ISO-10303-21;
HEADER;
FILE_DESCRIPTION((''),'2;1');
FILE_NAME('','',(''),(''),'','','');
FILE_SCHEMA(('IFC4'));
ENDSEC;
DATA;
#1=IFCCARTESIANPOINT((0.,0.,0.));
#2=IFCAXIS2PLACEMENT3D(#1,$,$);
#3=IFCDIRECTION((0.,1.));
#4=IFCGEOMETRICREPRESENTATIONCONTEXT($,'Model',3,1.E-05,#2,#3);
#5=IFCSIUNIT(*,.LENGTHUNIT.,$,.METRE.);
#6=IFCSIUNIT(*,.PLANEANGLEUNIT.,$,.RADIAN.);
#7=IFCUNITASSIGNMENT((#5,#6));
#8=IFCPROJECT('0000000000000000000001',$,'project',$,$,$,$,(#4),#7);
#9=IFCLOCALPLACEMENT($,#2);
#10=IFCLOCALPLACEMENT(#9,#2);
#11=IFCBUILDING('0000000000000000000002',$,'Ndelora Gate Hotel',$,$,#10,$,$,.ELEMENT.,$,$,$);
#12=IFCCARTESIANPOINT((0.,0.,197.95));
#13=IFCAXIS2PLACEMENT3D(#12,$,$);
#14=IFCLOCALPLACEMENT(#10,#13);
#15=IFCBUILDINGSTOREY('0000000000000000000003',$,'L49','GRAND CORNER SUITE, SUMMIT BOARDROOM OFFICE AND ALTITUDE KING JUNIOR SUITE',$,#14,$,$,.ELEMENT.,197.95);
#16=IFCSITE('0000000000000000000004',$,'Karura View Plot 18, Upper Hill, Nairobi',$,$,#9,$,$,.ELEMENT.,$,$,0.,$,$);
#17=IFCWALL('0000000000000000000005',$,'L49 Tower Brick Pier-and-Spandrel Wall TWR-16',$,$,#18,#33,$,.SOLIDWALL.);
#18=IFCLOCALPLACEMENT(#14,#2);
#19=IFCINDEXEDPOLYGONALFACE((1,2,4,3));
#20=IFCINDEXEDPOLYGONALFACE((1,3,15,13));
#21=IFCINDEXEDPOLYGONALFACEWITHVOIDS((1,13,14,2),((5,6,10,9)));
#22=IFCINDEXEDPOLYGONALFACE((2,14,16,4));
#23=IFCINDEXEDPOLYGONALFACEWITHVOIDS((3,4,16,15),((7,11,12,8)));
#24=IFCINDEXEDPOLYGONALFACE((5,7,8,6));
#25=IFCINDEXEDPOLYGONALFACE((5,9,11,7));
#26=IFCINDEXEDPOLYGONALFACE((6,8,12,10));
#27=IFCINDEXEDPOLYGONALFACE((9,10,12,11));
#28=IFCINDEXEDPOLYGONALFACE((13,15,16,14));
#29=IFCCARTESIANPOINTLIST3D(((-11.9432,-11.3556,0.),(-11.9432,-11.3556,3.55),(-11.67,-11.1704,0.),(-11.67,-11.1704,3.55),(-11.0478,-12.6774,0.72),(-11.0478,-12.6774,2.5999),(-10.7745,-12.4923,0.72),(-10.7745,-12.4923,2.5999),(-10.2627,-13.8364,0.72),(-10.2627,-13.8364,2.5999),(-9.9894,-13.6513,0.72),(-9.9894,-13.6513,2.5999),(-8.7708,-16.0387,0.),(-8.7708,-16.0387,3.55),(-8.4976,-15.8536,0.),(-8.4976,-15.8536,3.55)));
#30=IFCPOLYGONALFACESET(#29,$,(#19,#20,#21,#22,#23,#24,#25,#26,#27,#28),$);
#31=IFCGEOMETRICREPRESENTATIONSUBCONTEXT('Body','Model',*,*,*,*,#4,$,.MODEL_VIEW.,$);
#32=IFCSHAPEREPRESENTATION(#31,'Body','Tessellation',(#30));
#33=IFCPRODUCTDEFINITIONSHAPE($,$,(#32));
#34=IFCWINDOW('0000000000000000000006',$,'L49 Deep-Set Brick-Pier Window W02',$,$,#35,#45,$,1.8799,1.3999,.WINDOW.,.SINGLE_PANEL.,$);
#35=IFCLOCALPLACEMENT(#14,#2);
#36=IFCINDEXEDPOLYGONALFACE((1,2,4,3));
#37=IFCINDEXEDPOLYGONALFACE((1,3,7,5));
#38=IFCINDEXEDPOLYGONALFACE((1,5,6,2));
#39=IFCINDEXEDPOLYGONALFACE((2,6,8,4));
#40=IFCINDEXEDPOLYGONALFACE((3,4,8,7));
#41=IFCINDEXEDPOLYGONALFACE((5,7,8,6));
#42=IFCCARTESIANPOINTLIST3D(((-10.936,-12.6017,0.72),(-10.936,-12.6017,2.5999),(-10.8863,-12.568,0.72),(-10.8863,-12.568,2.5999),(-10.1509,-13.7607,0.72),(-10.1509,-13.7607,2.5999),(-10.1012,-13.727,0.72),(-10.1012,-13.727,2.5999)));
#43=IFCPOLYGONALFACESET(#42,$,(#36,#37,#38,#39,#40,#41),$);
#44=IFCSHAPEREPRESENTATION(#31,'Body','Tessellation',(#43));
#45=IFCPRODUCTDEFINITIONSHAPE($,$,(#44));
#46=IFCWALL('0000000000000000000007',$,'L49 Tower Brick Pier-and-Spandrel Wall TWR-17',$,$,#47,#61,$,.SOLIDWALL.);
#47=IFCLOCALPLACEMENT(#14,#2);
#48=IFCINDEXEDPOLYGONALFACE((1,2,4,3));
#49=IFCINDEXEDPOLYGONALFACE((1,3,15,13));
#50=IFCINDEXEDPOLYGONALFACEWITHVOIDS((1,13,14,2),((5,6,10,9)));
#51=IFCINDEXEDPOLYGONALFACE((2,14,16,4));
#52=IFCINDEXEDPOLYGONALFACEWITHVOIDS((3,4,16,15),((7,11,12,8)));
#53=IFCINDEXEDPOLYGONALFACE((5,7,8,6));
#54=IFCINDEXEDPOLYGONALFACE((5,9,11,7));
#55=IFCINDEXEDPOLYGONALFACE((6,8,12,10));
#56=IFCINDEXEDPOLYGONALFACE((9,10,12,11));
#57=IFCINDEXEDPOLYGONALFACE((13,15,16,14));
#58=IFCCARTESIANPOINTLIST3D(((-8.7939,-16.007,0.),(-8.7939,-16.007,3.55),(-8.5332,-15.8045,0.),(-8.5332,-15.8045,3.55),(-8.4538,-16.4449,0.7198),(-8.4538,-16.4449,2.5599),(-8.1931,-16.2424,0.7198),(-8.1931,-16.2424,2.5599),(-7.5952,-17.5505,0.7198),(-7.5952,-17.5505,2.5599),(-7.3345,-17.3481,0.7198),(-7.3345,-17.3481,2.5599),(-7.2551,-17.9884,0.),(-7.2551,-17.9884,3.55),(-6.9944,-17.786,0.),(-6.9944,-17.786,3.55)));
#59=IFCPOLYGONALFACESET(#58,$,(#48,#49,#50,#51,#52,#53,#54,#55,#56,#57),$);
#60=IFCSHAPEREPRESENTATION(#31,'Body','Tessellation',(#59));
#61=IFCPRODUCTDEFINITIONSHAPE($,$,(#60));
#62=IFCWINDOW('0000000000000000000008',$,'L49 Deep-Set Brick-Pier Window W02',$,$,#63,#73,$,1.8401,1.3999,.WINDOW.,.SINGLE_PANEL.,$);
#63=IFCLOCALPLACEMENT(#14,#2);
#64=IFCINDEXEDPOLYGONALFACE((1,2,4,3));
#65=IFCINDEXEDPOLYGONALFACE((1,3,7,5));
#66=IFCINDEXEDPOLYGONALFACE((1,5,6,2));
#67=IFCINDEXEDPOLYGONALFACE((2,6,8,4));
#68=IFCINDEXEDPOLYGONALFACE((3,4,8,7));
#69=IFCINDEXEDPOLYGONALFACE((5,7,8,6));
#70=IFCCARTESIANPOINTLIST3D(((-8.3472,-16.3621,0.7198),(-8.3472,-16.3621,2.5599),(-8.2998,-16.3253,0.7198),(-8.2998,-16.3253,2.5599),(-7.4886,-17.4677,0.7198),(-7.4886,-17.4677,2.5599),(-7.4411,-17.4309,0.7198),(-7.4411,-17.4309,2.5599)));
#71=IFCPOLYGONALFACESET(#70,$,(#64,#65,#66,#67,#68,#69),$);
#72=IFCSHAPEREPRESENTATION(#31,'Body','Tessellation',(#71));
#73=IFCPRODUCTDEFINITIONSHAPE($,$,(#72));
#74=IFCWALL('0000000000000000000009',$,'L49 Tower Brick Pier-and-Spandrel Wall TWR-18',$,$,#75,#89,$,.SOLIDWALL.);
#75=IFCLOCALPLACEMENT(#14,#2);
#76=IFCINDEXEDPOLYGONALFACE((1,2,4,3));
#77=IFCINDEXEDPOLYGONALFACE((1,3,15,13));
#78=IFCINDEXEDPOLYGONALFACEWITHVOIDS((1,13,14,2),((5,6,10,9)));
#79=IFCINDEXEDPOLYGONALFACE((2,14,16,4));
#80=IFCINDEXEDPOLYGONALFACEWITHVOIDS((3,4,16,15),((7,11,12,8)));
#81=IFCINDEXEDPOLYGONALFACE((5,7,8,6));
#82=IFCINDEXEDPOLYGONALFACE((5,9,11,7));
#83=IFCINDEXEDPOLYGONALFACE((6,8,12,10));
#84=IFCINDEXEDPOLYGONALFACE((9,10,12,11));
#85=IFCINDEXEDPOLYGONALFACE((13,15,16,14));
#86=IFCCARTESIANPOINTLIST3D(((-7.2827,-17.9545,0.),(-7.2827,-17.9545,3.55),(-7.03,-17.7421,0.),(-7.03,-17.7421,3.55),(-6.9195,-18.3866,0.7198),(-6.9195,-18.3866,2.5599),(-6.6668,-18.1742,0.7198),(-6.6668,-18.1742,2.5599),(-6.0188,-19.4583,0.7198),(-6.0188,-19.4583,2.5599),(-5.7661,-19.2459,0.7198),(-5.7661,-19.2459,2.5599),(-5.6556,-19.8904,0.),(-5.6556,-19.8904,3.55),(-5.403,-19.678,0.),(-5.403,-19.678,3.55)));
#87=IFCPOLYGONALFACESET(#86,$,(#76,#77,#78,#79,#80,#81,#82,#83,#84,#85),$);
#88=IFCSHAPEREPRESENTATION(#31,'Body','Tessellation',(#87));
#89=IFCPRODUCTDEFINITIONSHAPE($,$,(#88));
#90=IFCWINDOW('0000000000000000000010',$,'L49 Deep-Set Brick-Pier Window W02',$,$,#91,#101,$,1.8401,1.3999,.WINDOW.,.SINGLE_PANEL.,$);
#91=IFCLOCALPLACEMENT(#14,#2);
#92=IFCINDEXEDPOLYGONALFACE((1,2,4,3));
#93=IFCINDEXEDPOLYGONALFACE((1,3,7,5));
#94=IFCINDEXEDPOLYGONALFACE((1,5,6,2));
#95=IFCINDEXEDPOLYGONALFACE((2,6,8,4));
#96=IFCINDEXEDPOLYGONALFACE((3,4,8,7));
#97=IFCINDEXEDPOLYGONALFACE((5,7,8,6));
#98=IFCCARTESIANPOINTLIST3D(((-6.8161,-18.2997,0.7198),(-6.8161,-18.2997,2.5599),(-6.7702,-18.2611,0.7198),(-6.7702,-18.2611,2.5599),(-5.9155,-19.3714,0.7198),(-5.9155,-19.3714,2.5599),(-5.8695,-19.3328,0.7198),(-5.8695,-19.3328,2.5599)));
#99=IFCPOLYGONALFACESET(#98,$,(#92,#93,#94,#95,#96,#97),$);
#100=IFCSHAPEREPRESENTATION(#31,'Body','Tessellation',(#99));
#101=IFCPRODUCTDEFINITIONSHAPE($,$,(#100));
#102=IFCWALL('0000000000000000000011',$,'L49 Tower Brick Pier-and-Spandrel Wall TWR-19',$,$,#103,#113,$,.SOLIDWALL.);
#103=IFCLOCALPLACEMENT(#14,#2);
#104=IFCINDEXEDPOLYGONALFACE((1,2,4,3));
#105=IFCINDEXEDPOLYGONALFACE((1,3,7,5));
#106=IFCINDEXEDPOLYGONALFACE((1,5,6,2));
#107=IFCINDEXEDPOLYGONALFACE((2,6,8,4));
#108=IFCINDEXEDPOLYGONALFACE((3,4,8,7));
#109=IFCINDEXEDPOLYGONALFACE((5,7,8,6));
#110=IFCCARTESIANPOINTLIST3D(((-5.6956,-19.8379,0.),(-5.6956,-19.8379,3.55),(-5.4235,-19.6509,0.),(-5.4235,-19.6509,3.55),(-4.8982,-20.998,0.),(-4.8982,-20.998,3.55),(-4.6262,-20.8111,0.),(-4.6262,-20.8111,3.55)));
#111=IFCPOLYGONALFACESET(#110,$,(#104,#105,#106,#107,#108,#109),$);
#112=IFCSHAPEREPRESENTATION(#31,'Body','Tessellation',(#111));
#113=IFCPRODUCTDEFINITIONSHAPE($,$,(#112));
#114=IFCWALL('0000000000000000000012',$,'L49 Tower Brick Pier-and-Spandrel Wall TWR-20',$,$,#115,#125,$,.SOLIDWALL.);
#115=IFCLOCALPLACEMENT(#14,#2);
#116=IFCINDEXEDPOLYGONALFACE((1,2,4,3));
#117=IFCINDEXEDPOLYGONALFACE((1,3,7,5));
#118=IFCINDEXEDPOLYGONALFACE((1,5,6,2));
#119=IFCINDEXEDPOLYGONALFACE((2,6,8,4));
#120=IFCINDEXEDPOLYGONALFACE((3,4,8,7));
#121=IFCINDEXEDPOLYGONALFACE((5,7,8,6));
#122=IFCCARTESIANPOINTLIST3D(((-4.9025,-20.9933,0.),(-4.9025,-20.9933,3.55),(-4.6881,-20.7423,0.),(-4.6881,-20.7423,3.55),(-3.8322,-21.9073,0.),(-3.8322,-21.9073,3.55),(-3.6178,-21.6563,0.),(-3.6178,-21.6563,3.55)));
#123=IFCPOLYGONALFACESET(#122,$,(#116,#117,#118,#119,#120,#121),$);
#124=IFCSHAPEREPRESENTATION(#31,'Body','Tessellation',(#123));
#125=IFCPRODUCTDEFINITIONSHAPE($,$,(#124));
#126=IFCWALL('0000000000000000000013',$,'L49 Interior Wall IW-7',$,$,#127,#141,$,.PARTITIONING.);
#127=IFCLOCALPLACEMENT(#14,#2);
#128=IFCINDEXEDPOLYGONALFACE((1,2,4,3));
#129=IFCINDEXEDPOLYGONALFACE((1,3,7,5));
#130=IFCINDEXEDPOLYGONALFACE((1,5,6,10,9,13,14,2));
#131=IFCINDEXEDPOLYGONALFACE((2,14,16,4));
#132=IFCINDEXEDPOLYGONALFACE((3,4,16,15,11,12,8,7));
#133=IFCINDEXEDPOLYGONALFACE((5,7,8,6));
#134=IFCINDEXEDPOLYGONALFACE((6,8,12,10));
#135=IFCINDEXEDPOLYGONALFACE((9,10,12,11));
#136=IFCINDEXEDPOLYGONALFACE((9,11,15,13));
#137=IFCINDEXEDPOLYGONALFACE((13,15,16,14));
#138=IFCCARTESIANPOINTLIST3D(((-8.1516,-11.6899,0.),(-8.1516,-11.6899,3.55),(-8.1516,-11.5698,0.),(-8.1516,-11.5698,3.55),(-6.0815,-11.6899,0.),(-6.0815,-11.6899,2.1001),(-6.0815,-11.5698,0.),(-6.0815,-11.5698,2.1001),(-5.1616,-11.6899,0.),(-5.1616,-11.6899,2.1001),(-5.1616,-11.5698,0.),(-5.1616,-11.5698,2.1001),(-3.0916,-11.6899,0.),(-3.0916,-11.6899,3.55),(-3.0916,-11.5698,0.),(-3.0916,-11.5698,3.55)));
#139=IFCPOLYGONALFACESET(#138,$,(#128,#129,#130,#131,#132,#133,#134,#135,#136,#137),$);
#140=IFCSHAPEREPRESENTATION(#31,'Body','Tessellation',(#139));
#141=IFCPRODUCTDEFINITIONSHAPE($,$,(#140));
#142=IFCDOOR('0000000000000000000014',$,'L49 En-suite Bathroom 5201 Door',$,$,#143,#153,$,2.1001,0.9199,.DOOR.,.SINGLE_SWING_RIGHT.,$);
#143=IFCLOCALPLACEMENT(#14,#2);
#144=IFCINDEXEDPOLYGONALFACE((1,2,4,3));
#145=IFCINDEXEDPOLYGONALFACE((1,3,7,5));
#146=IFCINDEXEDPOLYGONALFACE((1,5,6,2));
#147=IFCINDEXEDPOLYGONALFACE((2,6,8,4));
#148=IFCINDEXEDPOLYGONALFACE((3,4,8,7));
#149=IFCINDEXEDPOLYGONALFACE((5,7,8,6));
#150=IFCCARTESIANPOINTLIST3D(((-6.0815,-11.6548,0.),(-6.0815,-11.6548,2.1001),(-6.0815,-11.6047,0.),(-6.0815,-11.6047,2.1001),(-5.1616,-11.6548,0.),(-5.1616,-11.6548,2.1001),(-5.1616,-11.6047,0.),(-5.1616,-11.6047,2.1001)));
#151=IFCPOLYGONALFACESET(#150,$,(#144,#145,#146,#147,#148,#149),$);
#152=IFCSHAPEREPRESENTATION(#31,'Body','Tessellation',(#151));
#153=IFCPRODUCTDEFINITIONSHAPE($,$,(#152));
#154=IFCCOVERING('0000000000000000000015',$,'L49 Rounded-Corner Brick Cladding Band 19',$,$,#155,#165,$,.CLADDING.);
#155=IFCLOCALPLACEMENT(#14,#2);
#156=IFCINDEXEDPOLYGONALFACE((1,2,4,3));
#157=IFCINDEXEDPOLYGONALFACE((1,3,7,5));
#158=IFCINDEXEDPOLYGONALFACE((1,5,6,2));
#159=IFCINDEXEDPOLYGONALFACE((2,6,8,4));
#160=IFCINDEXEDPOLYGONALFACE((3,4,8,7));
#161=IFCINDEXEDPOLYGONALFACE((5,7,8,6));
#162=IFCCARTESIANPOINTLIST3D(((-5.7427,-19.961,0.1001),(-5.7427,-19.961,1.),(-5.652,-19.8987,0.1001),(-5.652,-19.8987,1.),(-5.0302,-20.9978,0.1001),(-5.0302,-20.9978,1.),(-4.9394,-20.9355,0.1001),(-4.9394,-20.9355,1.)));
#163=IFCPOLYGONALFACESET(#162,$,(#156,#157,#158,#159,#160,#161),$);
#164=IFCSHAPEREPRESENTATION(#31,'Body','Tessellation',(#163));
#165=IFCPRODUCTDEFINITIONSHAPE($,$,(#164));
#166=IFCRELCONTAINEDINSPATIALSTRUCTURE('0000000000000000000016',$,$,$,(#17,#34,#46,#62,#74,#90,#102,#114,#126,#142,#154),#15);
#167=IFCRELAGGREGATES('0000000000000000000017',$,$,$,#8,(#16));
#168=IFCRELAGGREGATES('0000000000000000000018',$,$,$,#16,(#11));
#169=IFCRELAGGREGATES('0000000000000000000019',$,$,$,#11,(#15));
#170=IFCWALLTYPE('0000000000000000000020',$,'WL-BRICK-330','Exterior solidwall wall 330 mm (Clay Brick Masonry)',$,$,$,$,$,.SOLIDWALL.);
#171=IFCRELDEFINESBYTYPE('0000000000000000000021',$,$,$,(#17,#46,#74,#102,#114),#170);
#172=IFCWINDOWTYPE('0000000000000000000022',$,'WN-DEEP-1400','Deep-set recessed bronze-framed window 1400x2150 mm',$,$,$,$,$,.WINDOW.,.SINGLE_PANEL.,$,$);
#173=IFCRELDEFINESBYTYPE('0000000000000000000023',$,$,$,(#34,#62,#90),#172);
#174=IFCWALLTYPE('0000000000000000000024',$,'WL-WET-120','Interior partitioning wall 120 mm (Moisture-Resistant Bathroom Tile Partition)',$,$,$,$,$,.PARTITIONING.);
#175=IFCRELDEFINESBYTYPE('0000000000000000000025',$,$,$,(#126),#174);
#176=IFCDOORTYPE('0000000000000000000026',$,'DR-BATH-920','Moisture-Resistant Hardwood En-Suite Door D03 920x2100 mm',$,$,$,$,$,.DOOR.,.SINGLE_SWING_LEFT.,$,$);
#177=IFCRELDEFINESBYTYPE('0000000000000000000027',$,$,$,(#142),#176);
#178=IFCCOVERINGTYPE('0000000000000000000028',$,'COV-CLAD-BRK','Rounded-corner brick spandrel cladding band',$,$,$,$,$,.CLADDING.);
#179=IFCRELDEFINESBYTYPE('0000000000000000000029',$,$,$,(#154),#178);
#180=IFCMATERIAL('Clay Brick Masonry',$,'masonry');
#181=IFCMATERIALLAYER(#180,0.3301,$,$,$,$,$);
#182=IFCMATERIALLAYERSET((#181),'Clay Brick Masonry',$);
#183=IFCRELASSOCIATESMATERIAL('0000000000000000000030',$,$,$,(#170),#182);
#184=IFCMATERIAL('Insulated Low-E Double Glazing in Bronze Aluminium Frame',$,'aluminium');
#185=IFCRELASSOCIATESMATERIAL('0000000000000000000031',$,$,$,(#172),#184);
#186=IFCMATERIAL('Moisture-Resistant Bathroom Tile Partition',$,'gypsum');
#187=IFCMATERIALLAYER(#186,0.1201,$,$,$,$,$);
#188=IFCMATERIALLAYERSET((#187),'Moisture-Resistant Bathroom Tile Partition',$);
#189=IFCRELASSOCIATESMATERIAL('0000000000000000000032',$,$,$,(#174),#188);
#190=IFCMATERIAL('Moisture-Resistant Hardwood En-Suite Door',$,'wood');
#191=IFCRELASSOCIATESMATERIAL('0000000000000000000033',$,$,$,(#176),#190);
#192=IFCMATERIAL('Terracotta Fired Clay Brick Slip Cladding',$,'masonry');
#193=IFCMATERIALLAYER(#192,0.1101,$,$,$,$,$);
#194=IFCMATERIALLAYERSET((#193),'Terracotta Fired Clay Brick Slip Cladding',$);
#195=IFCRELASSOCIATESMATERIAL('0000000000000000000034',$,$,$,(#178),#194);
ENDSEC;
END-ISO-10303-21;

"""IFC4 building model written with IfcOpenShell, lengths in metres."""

from ifc_helpers import new_model, si_unit, direction, frame, frame_2d, origin, origin_2d, place, context, subcontext, project, spatial, rectangle, extrude, material, layer, layer_set, type_object, element, fill, save


model = new_model("IFC4")

# Units and contexts
model_context = context("Model", 3, precision=1e-05, world=origin(), true_north=direction((0.0, 1.0)))
body_context = subcontext(model_context, "Body", "Model", "MODEL_VIEW")
ifc_project = project(units=[si_unit("LENGTHUNIT", "METRE"), si_unit("PLANEANGLEUNIT", "RADIAN")], contexts=[model_context])

# Site, building, storey
site_placement = place(None, origin())
site = spatial("IfcSite", under=ifc_project, at=site_placement, Name="Karura View Plot 18, Upper Hill, Nairobi", CompositionType="ELEMENT", RefElevation=0.0)
building_placement = place(site_placement, origin())
building = spatial("IfcBuilding", under=site, at=building_placement, Name="Ndelora Gate Hotel", CompositionType="ELEMENT")
storey_placement = place(building_placement, frame((0.0, 0.0, 197.95)))
storey = spatial("IfcBuildingStorey", under=building, at=storey_placement, Name="L49", Description="GRAND CORNER SUITE, SUMMIT BOARDROOM OFFICE AND ALTITUDE KING JUNIOR SUITE", CompositionType="ELEMENT", Elevation=197.95)

# Walls, openings, windows
ifc_material_1 = material(Name="Clay Brick Masonry", Category="masonry")
ifc_layer_1 = layer(ifc_material_1, 0.3301)
ifc_layer_set_1 = layer_set([ifc_layer_1], Name="Clay Brick Masonry")
wall_type_1 = type_object("IfcWallType", Name="WL-BRICK-330", Description="Exterior solidwall wall 330 mm (Clay Brick Masonry)", PredefinedType="SOLIDWALL", material=ifc_layer_set_1)
wall_1_placement = place(storey_placement, frame((-8.6343, -15.946, 0.0), z_axis=(0.0, 0.0, 1.0), x_axis=(-0.560841, 0.827924, 0.0)))
wall_1 = element("IfcWall", 1, at=wall_1_placement, inside=storey, type_object=wall_type_1, Name="L49 Tower Brick Pier-and-Spandrel Wall TWR-16", PredefinedType="SOLIDWALL", context=body_context, shape_type="SweptSolid", body=[
    extrude(rectangle(XDim=5.6565, YDim=0.3301, at=frame_2d((2.8281, 0.0))), origin(), (0.0, 0.0, 1.0), 3.55),
])
opening_1_placement = place(wall_1_placement, frame((2.6599, 0.0, 0.72)))
opening_1 = element("IfcOpeningElement", 2, at=opening_1_placement, cuts=wall_1, PredefinedType="OPENING", context=body_context, shape_type="SweptSolid", body=[
    extrude(rectangle(XDim=1.3999, YDim=1.8799, at=frame_2d((0.7, 0.9399))), frame((0.0, 0.175, 0.0), z_axis=(0.0, -1.0, 0.0), x_axis=(1.0, 0.0, 0.0)), (0.0, 0.0, 1.0), 0.3501),
])
ifc_material_2 = material(Name="Insulated Low-E Double Glazing in Bronze Aluminium Frame", Category="aluminium")
window_type = type_object("IfcWindowType", Name="WN-DEEP-1400", Description="Deep-set recessed bronze-framed window 1400x2150 mm", PartitioningType="SINGLE_PANEL", PredefinedType="WINDOW", material=ifc_material_2)
window_1_placement = place(opening_1_placement, origin())
window_1 = element("IfcWindow", 3, at=window_1_placement, inside=storey, type_object=window_type, Name="L49 Deep-Set Brick-Pier Window W02", OverallHeight=1.8799, OverallWidth=1.3999, PartitioningType="SINGLE_PANEL", PredefinedType="WINDOW", context=body_context, shape_type="SweptSolid", body=[
    extrude(rectangle(XDim=1.3999, YDim=1.8799, at=frame_2d((0.7, 0.9399))), frame((0.0, 0.03, 0.0), z_axis=(0.0, -1.0, 0.0), x_axis=(1.0, 0.0, 0.0)), (0.0, 0.0, 1.0), 0.0601),
])
fill(opening_1, window_1)
wall_2_placement = place(storey_placement, frame((-7.1248, -17.8872, 0.0), z_axis=(0.0, 0.0, 1.0), x_axis=(-0.613368, 0.789797, 0.0)))
wall_2 = element("IfcWall", 4, at=wall_2_placement, inside=storey, type_object=wall_type_1, Name="L49 Tower Brick Pier-and-Spandrel Wall TWR-17", PredefinedType="SOLIDWALL", context=body_context, shape_type="SweptSolid", body=[
    extrude(rectangle(XDim=2.5088, YDim=0.3301, at=frame_2d((1.2544, 0.0))), origin(), (0.0, 0.0, 1.0), 3.55),
])
opening_2_placement = place(wall_2_placement, frame((0.5544, 0.0, 0.72)))
opening_2 = element("IfcOpeningElement", 5, at=opening_2_placement, cuts=wall_2, PredefinedType="OPENING", context=body_context, shape_type="SweptSolid", body=[
    extrude(rectangle(XDim=1.3999, YDim=1.8401, at=frame_2d((0.7, 0.9199))), frame((0.0, 0.175, 0.0), z_axis=(0.0, -1.0, 0.0), x_axis=(1.0, 0.0, 0.0)), (0.0, 0.0, 1.0), 0.3501),
])
window_2_placement = place(opening_2_placement, origin())
window_2 = element("IfcWindow", 6, at=window_2_placement, inside=storey, type_object=window_type, Name="L49 Deep-Set Brick-Pier Window W02", OverallHeight=1.8401, OverallWidth=1.3999, PartitioningType="SINGLE_PANEL", PredefinedType="WINDOW", context=body_context, shape_type="SweptSolid", body=[
    extrude(rectangle(XDim=1.3999, YDim=1.8401, at=frame_2d((0.7, 0.9199))), frame((0.0, 0.03, 0.0), z_axis=(0.0, -1.0, 0.0), x_axis=(1.0, 0.0, 0.0)), (0.0, 0.0, 1.0), 0.0601),
])
fill(opening_2, window_2)
wall_3_placement = place(storey_placement, frame((-5.5293, -19.7842, 0.0), z_axis=(0.0, 0.0, 1.0), x_axis=(-0.643398, 0.765532, 0.0)))
wall_3 = element("IfcWall", 7, at=wall_3_placement, inside=storey, type_object=wall_type_1, Name="L49 Tower Brick Pier-and-Spandrel Wall TWR-18", PredefinedType="SOLIDWALL", context=body_context, shape_type="SweptSolid", body=[
    extrude(rectangle(XDim=2.5288, YDim=0.3301, at=frame_2d((1.2644, 0.0))), origin(), (0.0, 0.0, 1.0), 3.55),
])
opening_3_placement = place(wall_3_placement, frame((0.5645, 0.0, 0.72)))
opening_3 = element("IfcOpeningElement", 8, at=opening_3_placement, cuts=wall_3, PredefinedType="OPENING", context=body_context, shape_type="SweptSolid", body=[
    extrude(rectangle(XDim=1.3999, YDim=1.8401, at=frame_2d((0.7, 0.9199))), frame((0.0, 0.175, 0.0), z_axis=(0.0, -1.0, 0.0), x_axis=(1.0, 0.0, 0.0)), (0.0, 0.0, 1.0), 0.3501),
])
window_3_placement = place(opening_3_placement, origin())
window_3 = element("IfcWindow", 9, at=window_3_placement, inside=storey, type_object=window_type, Name="L49 Deep-Set Brick-Pier Window W02", OverallHeight=1.8401, OverallWidth=1.3999, PartitioningType="SINGLE_PANEL", PredefinedType="WINDOW", context=body_context, shape_type="SweptSolid", body=[
    extrude(rectangle(XDim=1.3999, YDim=1.8401, at=frame_2d((0.7, 0.9199))), frame((0.0, 0.03, 0.0), z_axis=(0.0, -1.0, 0.0), x_axis=(1.0, 0.0, 0.0)), (0.0, 0.0, 1.0), 0.0601),
])
fill(opening_3, window_3)

# Walls
wall_4_placement = place(storey_placement, frame((-4.7622, -20.9045, 0.0), z_axis=(0.0, 0.0, 1.0), x_axis=(-0.566411, 0.824123, 0.0)))
element("IfcWall", 10, at=wall_4_placement, inside=storey, type_object=wall_type_1, Name="L49 Tower Brick Pier-and-Spandrel Wall TWR-19", PredefinedType="SOLIDWALL", context=body_context, shape_type="SweptSolid", body=[
    extrude(rectangle(XDim=1.4077, YDim=0.3301, at=frame_2d((0.7039, 0.0))), origin(), (0.0, 0.0, 1.0), 3.55),
])
wall_5_placement = place(storey_placement, frame((-3.7251, -21.7817, 0.0), z_axis=(0.0, 0.0, 1.0), x_axis=(-0.760431, 0.649419, 0.0)))
element("IfcWall", 11, at=wall_5_placement, inside=storey, type_object=wall_type_1, Name="L49 Tower Brick Pier-and-Spandrel Wall TWR-20", PredefinedType="SOLIDWALL", context=body_context, shape_type="SweptSolid", body=[
    extrude(rectangle(XDim=1.4075, YDim=0.3301, at=frame_2d((0.7036, 0.0))), origin(), (0.0, 0.0, 1.0), 3.55),
])

# Wall, opening, door
ifc_material_3 = material(Name="Moisture-Resistant Bathroom Tile Partition", Category="gypsum")
ifc_layer_2 = layer(ifc_material_3, 0.1201)
ifc_layer_set_2 = layer_set([ifc_layer_2], Name="Moisture-Resistant Bathroom Tile Partition")
wall_type_2 = type_object("IfcWallType", Name="WL-WET-120", Description="Interior partitioning wall 120 mm (Moisture-Resistant Bathroom Tile Partition)", PredefinedType="PARTITIONING", material=ifc_layer_set_2)
wall_6_placement = place(storey_placement, frame((-3.0916, -11.6299, 0.0), z_axis=(0.0, 0.0, 1.0), x_axis=(-1.0, 0.0, 0.0)))
wall_6 = element("IfcWall", 12, at=wall_6_placement, inside=storey, type_object=wall_type_2, Name="L49 Interior Wall IW-7", PredefinedType="PARTITIONING", context=body_context, shape_type="SweptSolid", body=[
    extrude(rectangle(XDim=5.0601, YDim=0.1201, at=frame_2d((2.53, 0.0))), origin(), (0.0, 0.0, 1.0), 3.55),
])
opening_4_placement = place(wall_6_placement, frame((2.0701, 0.0, 0.0)))
opening_4 = element("IfcOpeningElement", 13, at=opening_4_placement, cuts=wall_6, PredefinedType="OPENING", context=body_context, shape_type="SweptSolid", body=[
    extrude(rectangle(XDim=0.9199, YDim=2.1001, at=frame_2d((0.46, 1.05))), frame((0.0, 0.0701, 0.0), z_axis=(0.0, -1.0, 0.0), x_axis=(1.0, 0.0, 0.0)), (0.0, 0.0, 1.0), 0.1401),
])
ifc_material_4 = material(Name="Moisture-Resistant Hardwood En-Suite Door", Category="wood")
door_type = type_object("IfcDoorType", Name="DR-BATH-920", Description="Moisture-Resistant Hardwood En-Suite Door D03 920x2100 mm", OperationType="SINGLE_SWING_LEFT", PredefinedType="DOOR", material=ifc_material_4)
door_placement = place(opening_4_placement, origin())
door = element("IfcDoor", 14, at=door_placement, inside=storey, type_object=door_type, Name="L49 En-suite Bathroom 5201 Door", OperationType="SINGLE_SWING_RIGHT", OverallHeight=2.1001, OverallWidth=0.9199, PredefinedType="DOOR", context=body_context, shape_type="SweptSolid", body=[
    extrude(rectangle(XDim=0.9199, YDim=2.1001, at=frame_2d((0.46, 1.05))), frame((0.0, 0.0249, 0.0), z_axis=(0.0, -1.0, 0.0), x_axis=(1.0, 0.0, 0.0)), (0.0, 0.0, 1.0), 0.05),
])
fill(opening_4, door)

# Covering
ifc_material_5 = material(Name="Terracotta Fired Clay Brick Slip Cladding", Category="masonry")
ifc_layer_3 = layer(ifc_material_5, 0.1101)
ifc_layer_set_3 = layer_set([ifc_layer_3], Name="Terracotta Fired Clay Brick Slip Cladding")
covering_type_1 = type_object("IfcCoveringType", Name="COV-CLAD-BRK", Description="Rounded-corner brick spandrel cladding band", PredefinedType="CLADDING", material=ifc_layer_set_3)
covering_1_placement = place(storey_placement, frame((-5.3411, -20.4482, 0.1001), z_axis=(0.0, 0.0, 1.0), x_axis=(-0.566406, 0.824126, 0.0)))
element("IfcCovering", 15, at=covering_1_placement, inside=storey, type_object=covering_type_1, Name="L49 Rounded-Corner Brick Cladding Band 19", PredefinedType="CLADDING", context=body_context, shape_type="SweptSolid", body=[
    extrude(rectangle(XDim=1.2581, YDim=0.1101, at=origin_2d()), origin(), (0.0, 0.0, 1.0), 0.8999),
])

save(model, "model.ifc")
